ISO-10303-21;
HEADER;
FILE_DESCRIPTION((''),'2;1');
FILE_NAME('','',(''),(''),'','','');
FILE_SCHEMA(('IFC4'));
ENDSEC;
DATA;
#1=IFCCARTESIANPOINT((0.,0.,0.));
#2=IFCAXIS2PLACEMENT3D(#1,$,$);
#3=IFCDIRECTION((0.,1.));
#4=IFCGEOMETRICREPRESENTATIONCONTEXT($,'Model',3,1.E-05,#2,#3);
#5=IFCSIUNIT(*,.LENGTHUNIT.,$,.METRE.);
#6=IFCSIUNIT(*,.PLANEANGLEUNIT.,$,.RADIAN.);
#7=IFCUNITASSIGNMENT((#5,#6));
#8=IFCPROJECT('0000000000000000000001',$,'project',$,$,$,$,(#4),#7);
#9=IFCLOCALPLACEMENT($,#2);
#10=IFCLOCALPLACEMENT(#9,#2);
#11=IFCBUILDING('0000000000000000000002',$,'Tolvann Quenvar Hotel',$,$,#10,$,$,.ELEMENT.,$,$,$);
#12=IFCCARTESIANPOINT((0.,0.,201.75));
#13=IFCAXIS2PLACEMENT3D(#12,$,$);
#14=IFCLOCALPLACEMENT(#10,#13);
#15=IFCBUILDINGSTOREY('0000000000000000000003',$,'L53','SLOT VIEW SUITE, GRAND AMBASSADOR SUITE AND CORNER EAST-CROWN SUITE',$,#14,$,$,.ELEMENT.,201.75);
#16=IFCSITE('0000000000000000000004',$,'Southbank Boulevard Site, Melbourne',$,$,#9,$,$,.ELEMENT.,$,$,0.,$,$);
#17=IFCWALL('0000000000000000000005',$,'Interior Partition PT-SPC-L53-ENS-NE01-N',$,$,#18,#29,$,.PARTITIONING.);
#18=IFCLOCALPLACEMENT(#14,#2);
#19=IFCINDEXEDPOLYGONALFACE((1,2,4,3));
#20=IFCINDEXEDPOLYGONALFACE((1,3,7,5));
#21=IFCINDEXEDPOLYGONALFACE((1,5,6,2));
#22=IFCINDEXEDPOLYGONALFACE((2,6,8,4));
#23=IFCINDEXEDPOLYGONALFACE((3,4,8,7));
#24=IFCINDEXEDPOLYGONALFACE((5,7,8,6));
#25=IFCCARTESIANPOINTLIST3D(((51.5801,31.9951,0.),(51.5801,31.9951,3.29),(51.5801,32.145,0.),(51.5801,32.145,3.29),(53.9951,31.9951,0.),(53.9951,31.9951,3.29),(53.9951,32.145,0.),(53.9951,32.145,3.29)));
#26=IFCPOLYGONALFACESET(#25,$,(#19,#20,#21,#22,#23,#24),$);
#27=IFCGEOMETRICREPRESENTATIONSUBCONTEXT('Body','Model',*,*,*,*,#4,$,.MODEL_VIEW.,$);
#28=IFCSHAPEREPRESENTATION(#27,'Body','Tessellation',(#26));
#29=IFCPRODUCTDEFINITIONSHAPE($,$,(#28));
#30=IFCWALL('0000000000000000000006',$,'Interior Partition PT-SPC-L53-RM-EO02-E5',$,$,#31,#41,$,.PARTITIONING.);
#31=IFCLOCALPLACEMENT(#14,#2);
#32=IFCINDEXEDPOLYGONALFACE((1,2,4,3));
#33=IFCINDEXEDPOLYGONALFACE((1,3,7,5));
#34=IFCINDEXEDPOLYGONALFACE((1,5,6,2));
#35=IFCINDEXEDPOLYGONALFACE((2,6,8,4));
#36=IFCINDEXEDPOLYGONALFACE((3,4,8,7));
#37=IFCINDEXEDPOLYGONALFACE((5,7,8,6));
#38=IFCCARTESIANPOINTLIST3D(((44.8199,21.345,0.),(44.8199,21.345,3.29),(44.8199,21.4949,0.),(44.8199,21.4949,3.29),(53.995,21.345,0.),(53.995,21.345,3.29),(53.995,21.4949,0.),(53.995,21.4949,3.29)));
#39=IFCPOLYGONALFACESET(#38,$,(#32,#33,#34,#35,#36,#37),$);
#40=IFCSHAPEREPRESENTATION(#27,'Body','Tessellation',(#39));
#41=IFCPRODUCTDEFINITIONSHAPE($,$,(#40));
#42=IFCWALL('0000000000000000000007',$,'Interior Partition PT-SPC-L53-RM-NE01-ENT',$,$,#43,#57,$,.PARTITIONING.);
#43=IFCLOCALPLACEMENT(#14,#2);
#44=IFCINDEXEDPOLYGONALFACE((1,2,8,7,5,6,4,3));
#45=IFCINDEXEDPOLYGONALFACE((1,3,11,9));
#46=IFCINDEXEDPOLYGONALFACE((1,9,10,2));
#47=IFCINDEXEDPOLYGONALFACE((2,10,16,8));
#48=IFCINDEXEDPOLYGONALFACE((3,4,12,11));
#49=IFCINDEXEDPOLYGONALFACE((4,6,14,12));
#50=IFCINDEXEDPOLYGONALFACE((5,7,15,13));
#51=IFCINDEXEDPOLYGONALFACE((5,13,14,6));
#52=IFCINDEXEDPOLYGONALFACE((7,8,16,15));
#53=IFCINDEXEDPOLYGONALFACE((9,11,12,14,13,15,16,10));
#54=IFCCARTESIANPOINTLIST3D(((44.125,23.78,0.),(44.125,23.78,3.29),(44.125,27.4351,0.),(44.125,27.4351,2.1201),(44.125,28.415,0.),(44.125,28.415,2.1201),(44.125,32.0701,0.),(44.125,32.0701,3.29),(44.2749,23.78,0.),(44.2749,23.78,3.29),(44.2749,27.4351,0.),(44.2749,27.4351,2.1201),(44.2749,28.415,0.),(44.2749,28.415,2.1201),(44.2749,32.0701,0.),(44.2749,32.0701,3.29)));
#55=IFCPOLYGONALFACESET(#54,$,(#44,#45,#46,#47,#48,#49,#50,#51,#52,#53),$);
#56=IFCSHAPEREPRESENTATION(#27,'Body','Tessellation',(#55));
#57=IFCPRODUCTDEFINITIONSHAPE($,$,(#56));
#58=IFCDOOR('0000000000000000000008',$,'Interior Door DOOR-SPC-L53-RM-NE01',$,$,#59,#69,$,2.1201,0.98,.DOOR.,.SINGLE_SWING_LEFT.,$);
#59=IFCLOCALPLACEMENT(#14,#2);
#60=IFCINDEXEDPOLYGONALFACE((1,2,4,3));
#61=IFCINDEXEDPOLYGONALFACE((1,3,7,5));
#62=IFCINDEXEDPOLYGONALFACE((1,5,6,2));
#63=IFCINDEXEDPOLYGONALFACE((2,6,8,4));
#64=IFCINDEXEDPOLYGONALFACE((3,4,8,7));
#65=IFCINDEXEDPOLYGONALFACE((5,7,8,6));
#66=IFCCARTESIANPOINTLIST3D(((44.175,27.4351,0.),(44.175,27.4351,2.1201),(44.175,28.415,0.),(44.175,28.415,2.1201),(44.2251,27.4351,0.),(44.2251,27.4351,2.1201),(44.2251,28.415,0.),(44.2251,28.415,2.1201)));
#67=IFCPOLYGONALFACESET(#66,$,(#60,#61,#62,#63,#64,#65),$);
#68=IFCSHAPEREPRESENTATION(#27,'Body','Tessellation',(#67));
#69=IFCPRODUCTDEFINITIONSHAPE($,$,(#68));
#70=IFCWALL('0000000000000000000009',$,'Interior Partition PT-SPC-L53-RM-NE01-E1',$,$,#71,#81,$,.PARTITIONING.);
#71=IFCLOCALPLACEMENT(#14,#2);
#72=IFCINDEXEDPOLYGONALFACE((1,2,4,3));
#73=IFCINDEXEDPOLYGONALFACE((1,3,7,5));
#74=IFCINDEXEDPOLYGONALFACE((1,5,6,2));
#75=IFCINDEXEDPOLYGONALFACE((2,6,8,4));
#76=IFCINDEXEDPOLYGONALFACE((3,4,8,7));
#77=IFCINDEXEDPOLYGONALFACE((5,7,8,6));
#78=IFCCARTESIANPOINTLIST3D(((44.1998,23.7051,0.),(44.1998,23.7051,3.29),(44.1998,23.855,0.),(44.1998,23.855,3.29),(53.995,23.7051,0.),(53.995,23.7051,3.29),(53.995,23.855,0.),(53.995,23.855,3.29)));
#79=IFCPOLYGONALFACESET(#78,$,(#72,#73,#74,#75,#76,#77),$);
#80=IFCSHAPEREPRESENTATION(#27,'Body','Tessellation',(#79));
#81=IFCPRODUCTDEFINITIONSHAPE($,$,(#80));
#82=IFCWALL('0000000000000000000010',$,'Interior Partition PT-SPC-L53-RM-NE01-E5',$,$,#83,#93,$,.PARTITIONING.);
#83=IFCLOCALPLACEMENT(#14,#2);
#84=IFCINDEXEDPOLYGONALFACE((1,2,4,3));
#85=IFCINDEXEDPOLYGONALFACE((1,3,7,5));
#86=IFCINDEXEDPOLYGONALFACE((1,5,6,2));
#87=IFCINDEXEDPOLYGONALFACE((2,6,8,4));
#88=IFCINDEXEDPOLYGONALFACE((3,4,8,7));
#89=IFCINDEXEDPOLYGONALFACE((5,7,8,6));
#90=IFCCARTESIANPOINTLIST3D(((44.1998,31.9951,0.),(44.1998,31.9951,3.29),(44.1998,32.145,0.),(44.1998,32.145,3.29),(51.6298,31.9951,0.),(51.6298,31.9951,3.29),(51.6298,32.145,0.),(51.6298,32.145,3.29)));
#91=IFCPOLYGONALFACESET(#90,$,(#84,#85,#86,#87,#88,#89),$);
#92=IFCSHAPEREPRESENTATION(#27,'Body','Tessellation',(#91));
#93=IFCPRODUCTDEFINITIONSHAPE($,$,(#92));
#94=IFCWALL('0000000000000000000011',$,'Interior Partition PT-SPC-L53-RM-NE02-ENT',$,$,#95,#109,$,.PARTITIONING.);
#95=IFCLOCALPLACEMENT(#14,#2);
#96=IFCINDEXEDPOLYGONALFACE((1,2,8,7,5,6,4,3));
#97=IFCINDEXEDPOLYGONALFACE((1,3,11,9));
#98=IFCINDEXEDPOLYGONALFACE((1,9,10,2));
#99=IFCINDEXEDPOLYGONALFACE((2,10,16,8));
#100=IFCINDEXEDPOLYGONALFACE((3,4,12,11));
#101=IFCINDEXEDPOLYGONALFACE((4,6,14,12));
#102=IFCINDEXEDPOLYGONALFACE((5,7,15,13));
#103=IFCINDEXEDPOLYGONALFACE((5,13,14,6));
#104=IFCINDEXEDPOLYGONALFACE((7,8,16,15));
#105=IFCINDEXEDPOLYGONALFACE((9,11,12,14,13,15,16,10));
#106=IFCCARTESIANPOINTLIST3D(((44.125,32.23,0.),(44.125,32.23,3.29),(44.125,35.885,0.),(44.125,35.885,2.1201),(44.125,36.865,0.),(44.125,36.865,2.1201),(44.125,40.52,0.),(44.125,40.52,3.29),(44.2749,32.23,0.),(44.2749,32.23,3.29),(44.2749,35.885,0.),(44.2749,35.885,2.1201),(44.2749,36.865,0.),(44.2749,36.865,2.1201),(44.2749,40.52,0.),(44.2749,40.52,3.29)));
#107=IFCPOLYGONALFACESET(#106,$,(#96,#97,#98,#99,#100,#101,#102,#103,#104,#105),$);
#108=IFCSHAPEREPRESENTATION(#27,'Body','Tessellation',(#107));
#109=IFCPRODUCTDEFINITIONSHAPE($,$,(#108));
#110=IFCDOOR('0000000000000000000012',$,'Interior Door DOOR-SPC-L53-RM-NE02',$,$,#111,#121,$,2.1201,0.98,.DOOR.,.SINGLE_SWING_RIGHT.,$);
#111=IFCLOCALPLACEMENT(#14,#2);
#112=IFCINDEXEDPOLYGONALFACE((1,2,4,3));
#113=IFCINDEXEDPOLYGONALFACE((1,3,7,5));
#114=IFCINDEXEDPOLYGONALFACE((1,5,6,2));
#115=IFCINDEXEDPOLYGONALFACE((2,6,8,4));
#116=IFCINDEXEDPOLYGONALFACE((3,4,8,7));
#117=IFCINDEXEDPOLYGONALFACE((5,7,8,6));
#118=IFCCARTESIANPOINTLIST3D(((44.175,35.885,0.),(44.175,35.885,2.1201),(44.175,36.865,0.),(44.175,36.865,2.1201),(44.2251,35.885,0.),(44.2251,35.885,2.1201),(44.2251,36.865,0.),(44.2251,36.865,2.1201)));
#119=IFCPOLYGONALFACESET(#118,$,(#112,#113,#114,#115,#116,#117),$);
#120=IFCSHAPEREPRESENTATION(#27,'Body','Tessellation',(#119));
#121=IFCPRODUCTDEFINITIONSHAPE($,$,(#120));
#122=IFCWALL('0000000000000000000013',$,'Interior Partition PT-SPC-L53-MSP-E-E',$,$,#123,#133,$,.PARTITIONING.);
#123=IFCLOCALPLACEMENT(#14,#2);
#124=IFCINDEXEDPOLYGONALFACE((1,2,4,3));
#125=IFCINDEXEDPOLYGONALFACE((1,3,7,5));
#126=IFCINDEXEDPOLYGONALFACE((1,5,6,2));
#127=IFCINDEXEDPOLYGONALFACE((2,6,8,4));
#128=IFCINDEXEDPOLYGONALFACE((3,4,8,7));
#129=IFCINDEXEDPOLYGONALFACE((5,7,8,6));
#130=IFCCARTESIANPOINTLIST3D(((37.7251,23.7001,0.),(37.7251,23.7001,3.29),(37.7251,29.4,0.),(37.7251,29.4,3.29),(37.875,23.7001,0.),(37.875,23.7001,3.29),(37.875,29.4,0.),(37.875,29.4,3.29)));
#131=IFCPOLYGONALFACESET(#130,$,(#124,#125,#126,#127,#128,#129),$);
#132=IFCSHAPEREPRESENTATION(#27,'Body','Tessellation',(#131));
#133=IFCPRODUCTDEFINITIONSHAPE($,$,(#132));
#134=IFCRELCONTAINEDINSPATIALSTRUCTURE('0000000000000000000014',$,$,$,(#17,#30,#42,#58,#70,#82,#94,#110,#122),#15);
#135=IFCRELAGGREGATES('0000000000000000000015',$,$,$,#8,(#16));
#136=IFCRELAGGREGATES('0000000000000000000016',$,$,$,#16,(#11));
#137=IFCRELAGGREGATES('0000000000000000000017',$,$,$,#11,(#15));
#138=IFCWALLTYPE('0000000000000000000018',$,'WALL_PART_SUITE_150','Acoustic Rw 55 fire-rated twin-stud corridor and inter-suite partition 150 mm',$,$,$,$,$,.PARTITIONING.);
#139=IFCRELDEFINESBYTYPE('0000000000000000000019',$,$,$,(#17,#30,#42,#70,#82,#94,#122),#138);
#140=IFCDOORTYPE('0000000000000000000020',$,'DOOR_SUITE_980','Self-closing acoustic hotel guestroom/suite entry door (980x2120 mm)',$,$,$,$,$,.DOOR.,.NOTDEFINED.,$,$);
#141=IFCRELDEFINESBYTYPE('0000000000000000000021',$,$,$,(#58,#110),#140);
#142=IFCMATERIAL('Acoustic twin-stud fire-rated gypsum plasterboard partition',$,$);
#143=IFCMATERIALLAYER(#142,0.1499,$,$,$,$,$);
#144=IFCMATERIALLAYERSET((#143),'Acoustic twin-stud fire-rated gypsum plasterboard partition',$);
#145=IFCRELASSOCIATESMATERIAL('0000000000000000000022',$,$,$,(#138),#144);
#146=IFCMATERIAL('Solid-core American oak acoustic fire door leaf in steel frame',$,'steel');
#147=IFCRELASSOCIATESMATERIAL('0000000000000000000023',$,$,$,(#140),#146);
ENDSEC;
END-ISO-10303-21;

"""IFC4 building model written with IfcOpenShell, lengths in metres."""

from ifc_helpers import new_model, si_unit, direction, frame, frame_2d, origin, place, context, subcontext, project, spatial, rectangle, extrude, source, transform, mapped, material, layer, layer_set, type_object, type_shapes, element, fill, save


model = new_model("IFC4")

# Units and contexts
model_context = context("Model", 3, precision=1e-05, world=origin(), true_north=direction((0.0, 1.0)))
body_context = subcontext(model_context, "Body", "Model", "MODEL_VIEW")
ifc_project = project(units=[si_unit("LENGTHUNIT", "METRE"), si_unit("PLANEANGLEUNIT", "RADIAN")], contexts=[model_context])

# Site, building, storey
site_placement = place(None, origin())
site = spatial("IfcSite", under=ifc_project, at=site_placement, Name="Southbank Boulevard Site, Melbourne", CompositionType="ELEMENT", RefElevation=0.0)
building_placement = place(site_placement, origin())
building = spatial("IfcBuilding", under=site, at=building_placement, Name="Tolvann Quenvar Hotel", CompositionType="ELEMENT")
storey_placement = place(building_placement, frame((0.0, 0.0, 201.75)))
storey = spatial("IfcBuildingStorey", under=building, at=storey_placement, Name="L53", Description="SLOT VIEW SUITE, GRAND AMBASSADOR SUITE AND CORNER EAST-CROWN SUITE", CompositionType="ELEMENT", Elevation=201.75)

# Shared definitions
ifc_material_1 = material(Name="Acoustic twin-stud fire-rated gypsum plasterboard partition")
ifc_layer_1 = layer(ifc_material_1, 0.1499)
ifc_layer_set_1 = layer_set([ifc_layer_1], Name="Acoustic twin-stud fire-rated gypsum plasterboard partition")
wall_type_1 = type_object("IfcWallType", Name="WALL_PART_SUITE_150", Description="Acoustic Rw 55 fire-rated twin-stud corridor and inter-suite partition 150 mm", PredefinedType="PARTITIONING", material=ifc_layer_set_1)
ifc_material_2 = material(Name="Solid-core American oak acoustic fire door leaf in steel frame", Category="steel")

# Walls
for number, where, z_axis, x_axis, name in (
    (1, (51.5801, 32.0701, 0.0), (0.0, 0.0, 1.0), (1.0, 0.0, 0.0), "Interior Partition PT-SPC-L53-ENS-NE01-N"),
):
    element("IfcWall", number, at=place(storey_placement, frame(where, z_axis=z_axis, x_axis=x_axis)), inside=storey, type_object=wall_type_1, Name=name, PredefinedType="PARTITIONING", context=body_context, shape_type="SweptSolid", body=[
        extrude(rectangle(XDim=2.415, YDim=0.1499, at=frame_2d((1.2075, 0.0))), origin(), (0.0, 0.0, 1.0), 3.29),
    ])
wall_1_placement = place(storey_placement, frame((44.8201, 21.4199, 0.0), z_axis=(0.0, 0.0, 1.0), x_axis=(1.0, 0.0, 0.0)))
element("IfcWall", 2, at=wall_1_placement, inside=storey, type_object=wall_type_1, Name="Interior Partition PT-SPC-L53-RM-EO02-E5", PredefinedType="PARTITIONING", context=body_context, shape_type="SweptSolid", body=[
    extrude(rectangle(XDim=9.175, YDim=0.1499, at=frame_2d((4.5874, 0.0))), origin(), (0.0, 0.0, 1.0), 3.29),
])

# Wall, opening, door
wall_2_placement = place(storey_placement, frame((44.2, 23.78, 0.0), z_axis=(0.0, 0.0, 1.0), x_axis=(0.0, 1.0, 0.0)))
wall_2 = element("IfcWall", 3, at=wall_2_placement, inside=storey, type_object=wall_type_1, Name="Interior Partition PT-SPC-L53-RM-NE01-ENT", PredefinedType="PARTITIONING", context=body_context, shape_type="SweptSolid", body=[
    extrude(rectangle(XDim=8.29, YDim=0.1499, at=frame_2d((4.145, 0.0))), origin(), (0.0, 0.0, 1.0), 3.29),
])
opening_1_placement = place(wall_2_placement, frame((3.655, 0.0, 0.0)))
opening_1 = element("IfcOpeningElement", 4, at=opening_1_placement, cuts=wall_2, PredefinedType="OPENING", context=body_context, shape_type="SweptSolid", body=[
    extrude(rectangle(XDim=0.98, YDim=2.1201, at=frame_2d((0.49, 1.0601))), frame((0.0, 0.085, 0.0), z_axis=(0.0, -1.0, 0.0), x_axis=(1.0, 0.0, 0.0)), (0.0, 0.0, 1.0), 0.1699),
])
door_type_1 = type_object("IfcDoorType", Name="DOOR_SUITE_980", Description="Self-closing acoustic hotel guestroom/suite entry door (980x2120 mm)", OperationType="NOTDEFINED", PredefinedType="DOOR", material=ifc_material_2)
shared_shape_1 = source(origin(), body_context, "Body", "SweptSolid", [
    extrude(rectangle(XDim=0.98, YDim=2.1201, at=frame_2d((0.49, 1.0601))), frame((0.0, 0.0249, 0.0), z_axis=(0.0, -1.0, 0.0), x_axis=(1.0, 0.0, 0.0)), (0.0, 0.0, 1.0), 0.05),
])
type_shapes(door_type_1, [shared_shape_1])
door_1_placement = place(opening_1_placement, origin())
door_1 = element("IfcDoor", 5, at=door_1_placement, inside=storey, type_object=door_type_1, Name="Interior Door DOOR-SPC-L53-RM-NE01", OperationType="SINGLE_SWING_LEFT", OverallHeight=2.1201, OverallWidth=0.98, PredefinedType="DOOR", context=body_context, shape_type="MappedRepresentation", body=[
    mapped(shared_shape_1, transform((0.0, 0.0, 0.0), x_axis=(1.0, 0.0, 0.0), y_axis=(0.0, 1.0, 0.0), z_axis=(0.0, 0.0, 1.0), scale=1.0)),
])
fill(opening_1, door_1)

# Walls
wall_3_placement = place(storey_placement, frame((44.2, 23.78, 0.0), z_axis=(0.0, 0.0, 1.0), x_axis=(1.0, 0.0, 0.0)))
element("IfcWall", 6, at=wall_3_placement, inside=storey, type_object=wall_type_1, Name="Interior Partition PT-SPC-L53-RM-NE01-E1", PredefinedType="PARTITIONING", context=body_context, shape_type="SweptSolid", body=[
    extrude(rectangle(XDim=9.7952, YDim=0.1499, at=frame_2d((4.8975, 0.0))), origin(), (0.0, 0.0, 1.0), 3.29),
])
wall_4_placement = place(storey_placement, frame((44.2, 32.0701, 0.0), z_axis=(0.0, 0.0, 1.0), x_axis=(1.0, 0.0, 0.0)))
element("IfcWall", 7, at=wall_4_placement, inside=storey, type_object=wall_type_1, Name="Interior Partition PT-SPC-L53-RM-NE01-E5", PredefinedType="PARTITIONING", context=body_context, shape_type="SweptSolid", body=[
    extrude(rectangle(XDim=7.4299, YDim=0.1499, at=frame_2d((3.7148, 0.0))), origin(), (0.0, 0.0, 1.0), 3.29),
])

# Wall, opening, door
wall_5_placement = place(storey_placement, frame((44.2, 32.23, 0.0), z_axis=(0.0, 0.0, 1.0), x_axis=(0.0, 1.0, 0.0)))
wall_5 = element("IfcWall", 8, at=wall_5_placement, inside=storey, type_object=wall_type_1, Name="Interior Partition PT-SPC-L53-RM-NE02-ENT", PredefinedType="PARTITIONING", context=body_context, shape_type="SweptSolid", body=[
    extrude(rectangle(XDim=8.29, YDim=0.1499, at=frame_2d((4.145, 0.0))), origin(), (0.0, 0.0, 1.0), 3.29),
])
opening_2_placement = place(wall_5_placement, frame((3.655, 0.0, 0.0)))
opening_2 = element("IfcOpeningElement", 9, at=opening_2_placement, cuts=wall_5, PredefinedType="OPENING", context=body_context, shape_type="SweptSolid", body=[
    extrude(rectangle(XDim=0.98, YDim=2.1201, at=frame_2d((0.49, 1.0601))), frame((0.0, 0.085, 0.0), z_axis=(0.0, -1.0, 0.0), x_axis=(1.0, 0.0, 0.0)), (0.0, 0.0, 1.0), 0.1699),
])
door_2_placement = place(opening_2_placement, origin())
door_2 = element("IfcDoor", 10, at=door_2_placement, inside=storey, type_object=door_type_1, Name="Interior Door DOOR-SPC-L53-RM-NE02", OperationType="SINGLE_SWING_RIGHT", OverallHeight=2.1201, OverallWidth=0.98, PredefinedType="DOOR", context=body_context, shape_type="MappedRepresentation", body=[
    mapped(shared_shape_1, transform((0.0, 0.0, 0.0), x_axis=(1.0, 0.0, 0.0), y_axis=(0.0, 1.0, 0.0), z_axis=(0.0, 0.0, 1.0), scale=1.0)),
])
fill(opening_2, door_2)

# Wall
wall_6_placement = place(storey_placement, frame((37.8, 23.7, 0.0), z_axis=(0.0, 0.0, 1.0), x_axis=(0.0, 1.0, 0.0)))
element("IfcWall", 11, at=wall_6_placement, inside=storey, type_object=wall_type_1, Name="Interior Partition PT-SPC-L53-MSP-E-E", PredefinedType="PARTITIONING", context=body_context, shape_type="SweptSolid", body=[
    extrude(rectangle(XDim=5.7, YDim=0.1499, at=frame_2d((2.8501, 0.0))), origin(), (0.0, 0.0, 1.0), 3.29),
])

save(model, "model.ifc")
